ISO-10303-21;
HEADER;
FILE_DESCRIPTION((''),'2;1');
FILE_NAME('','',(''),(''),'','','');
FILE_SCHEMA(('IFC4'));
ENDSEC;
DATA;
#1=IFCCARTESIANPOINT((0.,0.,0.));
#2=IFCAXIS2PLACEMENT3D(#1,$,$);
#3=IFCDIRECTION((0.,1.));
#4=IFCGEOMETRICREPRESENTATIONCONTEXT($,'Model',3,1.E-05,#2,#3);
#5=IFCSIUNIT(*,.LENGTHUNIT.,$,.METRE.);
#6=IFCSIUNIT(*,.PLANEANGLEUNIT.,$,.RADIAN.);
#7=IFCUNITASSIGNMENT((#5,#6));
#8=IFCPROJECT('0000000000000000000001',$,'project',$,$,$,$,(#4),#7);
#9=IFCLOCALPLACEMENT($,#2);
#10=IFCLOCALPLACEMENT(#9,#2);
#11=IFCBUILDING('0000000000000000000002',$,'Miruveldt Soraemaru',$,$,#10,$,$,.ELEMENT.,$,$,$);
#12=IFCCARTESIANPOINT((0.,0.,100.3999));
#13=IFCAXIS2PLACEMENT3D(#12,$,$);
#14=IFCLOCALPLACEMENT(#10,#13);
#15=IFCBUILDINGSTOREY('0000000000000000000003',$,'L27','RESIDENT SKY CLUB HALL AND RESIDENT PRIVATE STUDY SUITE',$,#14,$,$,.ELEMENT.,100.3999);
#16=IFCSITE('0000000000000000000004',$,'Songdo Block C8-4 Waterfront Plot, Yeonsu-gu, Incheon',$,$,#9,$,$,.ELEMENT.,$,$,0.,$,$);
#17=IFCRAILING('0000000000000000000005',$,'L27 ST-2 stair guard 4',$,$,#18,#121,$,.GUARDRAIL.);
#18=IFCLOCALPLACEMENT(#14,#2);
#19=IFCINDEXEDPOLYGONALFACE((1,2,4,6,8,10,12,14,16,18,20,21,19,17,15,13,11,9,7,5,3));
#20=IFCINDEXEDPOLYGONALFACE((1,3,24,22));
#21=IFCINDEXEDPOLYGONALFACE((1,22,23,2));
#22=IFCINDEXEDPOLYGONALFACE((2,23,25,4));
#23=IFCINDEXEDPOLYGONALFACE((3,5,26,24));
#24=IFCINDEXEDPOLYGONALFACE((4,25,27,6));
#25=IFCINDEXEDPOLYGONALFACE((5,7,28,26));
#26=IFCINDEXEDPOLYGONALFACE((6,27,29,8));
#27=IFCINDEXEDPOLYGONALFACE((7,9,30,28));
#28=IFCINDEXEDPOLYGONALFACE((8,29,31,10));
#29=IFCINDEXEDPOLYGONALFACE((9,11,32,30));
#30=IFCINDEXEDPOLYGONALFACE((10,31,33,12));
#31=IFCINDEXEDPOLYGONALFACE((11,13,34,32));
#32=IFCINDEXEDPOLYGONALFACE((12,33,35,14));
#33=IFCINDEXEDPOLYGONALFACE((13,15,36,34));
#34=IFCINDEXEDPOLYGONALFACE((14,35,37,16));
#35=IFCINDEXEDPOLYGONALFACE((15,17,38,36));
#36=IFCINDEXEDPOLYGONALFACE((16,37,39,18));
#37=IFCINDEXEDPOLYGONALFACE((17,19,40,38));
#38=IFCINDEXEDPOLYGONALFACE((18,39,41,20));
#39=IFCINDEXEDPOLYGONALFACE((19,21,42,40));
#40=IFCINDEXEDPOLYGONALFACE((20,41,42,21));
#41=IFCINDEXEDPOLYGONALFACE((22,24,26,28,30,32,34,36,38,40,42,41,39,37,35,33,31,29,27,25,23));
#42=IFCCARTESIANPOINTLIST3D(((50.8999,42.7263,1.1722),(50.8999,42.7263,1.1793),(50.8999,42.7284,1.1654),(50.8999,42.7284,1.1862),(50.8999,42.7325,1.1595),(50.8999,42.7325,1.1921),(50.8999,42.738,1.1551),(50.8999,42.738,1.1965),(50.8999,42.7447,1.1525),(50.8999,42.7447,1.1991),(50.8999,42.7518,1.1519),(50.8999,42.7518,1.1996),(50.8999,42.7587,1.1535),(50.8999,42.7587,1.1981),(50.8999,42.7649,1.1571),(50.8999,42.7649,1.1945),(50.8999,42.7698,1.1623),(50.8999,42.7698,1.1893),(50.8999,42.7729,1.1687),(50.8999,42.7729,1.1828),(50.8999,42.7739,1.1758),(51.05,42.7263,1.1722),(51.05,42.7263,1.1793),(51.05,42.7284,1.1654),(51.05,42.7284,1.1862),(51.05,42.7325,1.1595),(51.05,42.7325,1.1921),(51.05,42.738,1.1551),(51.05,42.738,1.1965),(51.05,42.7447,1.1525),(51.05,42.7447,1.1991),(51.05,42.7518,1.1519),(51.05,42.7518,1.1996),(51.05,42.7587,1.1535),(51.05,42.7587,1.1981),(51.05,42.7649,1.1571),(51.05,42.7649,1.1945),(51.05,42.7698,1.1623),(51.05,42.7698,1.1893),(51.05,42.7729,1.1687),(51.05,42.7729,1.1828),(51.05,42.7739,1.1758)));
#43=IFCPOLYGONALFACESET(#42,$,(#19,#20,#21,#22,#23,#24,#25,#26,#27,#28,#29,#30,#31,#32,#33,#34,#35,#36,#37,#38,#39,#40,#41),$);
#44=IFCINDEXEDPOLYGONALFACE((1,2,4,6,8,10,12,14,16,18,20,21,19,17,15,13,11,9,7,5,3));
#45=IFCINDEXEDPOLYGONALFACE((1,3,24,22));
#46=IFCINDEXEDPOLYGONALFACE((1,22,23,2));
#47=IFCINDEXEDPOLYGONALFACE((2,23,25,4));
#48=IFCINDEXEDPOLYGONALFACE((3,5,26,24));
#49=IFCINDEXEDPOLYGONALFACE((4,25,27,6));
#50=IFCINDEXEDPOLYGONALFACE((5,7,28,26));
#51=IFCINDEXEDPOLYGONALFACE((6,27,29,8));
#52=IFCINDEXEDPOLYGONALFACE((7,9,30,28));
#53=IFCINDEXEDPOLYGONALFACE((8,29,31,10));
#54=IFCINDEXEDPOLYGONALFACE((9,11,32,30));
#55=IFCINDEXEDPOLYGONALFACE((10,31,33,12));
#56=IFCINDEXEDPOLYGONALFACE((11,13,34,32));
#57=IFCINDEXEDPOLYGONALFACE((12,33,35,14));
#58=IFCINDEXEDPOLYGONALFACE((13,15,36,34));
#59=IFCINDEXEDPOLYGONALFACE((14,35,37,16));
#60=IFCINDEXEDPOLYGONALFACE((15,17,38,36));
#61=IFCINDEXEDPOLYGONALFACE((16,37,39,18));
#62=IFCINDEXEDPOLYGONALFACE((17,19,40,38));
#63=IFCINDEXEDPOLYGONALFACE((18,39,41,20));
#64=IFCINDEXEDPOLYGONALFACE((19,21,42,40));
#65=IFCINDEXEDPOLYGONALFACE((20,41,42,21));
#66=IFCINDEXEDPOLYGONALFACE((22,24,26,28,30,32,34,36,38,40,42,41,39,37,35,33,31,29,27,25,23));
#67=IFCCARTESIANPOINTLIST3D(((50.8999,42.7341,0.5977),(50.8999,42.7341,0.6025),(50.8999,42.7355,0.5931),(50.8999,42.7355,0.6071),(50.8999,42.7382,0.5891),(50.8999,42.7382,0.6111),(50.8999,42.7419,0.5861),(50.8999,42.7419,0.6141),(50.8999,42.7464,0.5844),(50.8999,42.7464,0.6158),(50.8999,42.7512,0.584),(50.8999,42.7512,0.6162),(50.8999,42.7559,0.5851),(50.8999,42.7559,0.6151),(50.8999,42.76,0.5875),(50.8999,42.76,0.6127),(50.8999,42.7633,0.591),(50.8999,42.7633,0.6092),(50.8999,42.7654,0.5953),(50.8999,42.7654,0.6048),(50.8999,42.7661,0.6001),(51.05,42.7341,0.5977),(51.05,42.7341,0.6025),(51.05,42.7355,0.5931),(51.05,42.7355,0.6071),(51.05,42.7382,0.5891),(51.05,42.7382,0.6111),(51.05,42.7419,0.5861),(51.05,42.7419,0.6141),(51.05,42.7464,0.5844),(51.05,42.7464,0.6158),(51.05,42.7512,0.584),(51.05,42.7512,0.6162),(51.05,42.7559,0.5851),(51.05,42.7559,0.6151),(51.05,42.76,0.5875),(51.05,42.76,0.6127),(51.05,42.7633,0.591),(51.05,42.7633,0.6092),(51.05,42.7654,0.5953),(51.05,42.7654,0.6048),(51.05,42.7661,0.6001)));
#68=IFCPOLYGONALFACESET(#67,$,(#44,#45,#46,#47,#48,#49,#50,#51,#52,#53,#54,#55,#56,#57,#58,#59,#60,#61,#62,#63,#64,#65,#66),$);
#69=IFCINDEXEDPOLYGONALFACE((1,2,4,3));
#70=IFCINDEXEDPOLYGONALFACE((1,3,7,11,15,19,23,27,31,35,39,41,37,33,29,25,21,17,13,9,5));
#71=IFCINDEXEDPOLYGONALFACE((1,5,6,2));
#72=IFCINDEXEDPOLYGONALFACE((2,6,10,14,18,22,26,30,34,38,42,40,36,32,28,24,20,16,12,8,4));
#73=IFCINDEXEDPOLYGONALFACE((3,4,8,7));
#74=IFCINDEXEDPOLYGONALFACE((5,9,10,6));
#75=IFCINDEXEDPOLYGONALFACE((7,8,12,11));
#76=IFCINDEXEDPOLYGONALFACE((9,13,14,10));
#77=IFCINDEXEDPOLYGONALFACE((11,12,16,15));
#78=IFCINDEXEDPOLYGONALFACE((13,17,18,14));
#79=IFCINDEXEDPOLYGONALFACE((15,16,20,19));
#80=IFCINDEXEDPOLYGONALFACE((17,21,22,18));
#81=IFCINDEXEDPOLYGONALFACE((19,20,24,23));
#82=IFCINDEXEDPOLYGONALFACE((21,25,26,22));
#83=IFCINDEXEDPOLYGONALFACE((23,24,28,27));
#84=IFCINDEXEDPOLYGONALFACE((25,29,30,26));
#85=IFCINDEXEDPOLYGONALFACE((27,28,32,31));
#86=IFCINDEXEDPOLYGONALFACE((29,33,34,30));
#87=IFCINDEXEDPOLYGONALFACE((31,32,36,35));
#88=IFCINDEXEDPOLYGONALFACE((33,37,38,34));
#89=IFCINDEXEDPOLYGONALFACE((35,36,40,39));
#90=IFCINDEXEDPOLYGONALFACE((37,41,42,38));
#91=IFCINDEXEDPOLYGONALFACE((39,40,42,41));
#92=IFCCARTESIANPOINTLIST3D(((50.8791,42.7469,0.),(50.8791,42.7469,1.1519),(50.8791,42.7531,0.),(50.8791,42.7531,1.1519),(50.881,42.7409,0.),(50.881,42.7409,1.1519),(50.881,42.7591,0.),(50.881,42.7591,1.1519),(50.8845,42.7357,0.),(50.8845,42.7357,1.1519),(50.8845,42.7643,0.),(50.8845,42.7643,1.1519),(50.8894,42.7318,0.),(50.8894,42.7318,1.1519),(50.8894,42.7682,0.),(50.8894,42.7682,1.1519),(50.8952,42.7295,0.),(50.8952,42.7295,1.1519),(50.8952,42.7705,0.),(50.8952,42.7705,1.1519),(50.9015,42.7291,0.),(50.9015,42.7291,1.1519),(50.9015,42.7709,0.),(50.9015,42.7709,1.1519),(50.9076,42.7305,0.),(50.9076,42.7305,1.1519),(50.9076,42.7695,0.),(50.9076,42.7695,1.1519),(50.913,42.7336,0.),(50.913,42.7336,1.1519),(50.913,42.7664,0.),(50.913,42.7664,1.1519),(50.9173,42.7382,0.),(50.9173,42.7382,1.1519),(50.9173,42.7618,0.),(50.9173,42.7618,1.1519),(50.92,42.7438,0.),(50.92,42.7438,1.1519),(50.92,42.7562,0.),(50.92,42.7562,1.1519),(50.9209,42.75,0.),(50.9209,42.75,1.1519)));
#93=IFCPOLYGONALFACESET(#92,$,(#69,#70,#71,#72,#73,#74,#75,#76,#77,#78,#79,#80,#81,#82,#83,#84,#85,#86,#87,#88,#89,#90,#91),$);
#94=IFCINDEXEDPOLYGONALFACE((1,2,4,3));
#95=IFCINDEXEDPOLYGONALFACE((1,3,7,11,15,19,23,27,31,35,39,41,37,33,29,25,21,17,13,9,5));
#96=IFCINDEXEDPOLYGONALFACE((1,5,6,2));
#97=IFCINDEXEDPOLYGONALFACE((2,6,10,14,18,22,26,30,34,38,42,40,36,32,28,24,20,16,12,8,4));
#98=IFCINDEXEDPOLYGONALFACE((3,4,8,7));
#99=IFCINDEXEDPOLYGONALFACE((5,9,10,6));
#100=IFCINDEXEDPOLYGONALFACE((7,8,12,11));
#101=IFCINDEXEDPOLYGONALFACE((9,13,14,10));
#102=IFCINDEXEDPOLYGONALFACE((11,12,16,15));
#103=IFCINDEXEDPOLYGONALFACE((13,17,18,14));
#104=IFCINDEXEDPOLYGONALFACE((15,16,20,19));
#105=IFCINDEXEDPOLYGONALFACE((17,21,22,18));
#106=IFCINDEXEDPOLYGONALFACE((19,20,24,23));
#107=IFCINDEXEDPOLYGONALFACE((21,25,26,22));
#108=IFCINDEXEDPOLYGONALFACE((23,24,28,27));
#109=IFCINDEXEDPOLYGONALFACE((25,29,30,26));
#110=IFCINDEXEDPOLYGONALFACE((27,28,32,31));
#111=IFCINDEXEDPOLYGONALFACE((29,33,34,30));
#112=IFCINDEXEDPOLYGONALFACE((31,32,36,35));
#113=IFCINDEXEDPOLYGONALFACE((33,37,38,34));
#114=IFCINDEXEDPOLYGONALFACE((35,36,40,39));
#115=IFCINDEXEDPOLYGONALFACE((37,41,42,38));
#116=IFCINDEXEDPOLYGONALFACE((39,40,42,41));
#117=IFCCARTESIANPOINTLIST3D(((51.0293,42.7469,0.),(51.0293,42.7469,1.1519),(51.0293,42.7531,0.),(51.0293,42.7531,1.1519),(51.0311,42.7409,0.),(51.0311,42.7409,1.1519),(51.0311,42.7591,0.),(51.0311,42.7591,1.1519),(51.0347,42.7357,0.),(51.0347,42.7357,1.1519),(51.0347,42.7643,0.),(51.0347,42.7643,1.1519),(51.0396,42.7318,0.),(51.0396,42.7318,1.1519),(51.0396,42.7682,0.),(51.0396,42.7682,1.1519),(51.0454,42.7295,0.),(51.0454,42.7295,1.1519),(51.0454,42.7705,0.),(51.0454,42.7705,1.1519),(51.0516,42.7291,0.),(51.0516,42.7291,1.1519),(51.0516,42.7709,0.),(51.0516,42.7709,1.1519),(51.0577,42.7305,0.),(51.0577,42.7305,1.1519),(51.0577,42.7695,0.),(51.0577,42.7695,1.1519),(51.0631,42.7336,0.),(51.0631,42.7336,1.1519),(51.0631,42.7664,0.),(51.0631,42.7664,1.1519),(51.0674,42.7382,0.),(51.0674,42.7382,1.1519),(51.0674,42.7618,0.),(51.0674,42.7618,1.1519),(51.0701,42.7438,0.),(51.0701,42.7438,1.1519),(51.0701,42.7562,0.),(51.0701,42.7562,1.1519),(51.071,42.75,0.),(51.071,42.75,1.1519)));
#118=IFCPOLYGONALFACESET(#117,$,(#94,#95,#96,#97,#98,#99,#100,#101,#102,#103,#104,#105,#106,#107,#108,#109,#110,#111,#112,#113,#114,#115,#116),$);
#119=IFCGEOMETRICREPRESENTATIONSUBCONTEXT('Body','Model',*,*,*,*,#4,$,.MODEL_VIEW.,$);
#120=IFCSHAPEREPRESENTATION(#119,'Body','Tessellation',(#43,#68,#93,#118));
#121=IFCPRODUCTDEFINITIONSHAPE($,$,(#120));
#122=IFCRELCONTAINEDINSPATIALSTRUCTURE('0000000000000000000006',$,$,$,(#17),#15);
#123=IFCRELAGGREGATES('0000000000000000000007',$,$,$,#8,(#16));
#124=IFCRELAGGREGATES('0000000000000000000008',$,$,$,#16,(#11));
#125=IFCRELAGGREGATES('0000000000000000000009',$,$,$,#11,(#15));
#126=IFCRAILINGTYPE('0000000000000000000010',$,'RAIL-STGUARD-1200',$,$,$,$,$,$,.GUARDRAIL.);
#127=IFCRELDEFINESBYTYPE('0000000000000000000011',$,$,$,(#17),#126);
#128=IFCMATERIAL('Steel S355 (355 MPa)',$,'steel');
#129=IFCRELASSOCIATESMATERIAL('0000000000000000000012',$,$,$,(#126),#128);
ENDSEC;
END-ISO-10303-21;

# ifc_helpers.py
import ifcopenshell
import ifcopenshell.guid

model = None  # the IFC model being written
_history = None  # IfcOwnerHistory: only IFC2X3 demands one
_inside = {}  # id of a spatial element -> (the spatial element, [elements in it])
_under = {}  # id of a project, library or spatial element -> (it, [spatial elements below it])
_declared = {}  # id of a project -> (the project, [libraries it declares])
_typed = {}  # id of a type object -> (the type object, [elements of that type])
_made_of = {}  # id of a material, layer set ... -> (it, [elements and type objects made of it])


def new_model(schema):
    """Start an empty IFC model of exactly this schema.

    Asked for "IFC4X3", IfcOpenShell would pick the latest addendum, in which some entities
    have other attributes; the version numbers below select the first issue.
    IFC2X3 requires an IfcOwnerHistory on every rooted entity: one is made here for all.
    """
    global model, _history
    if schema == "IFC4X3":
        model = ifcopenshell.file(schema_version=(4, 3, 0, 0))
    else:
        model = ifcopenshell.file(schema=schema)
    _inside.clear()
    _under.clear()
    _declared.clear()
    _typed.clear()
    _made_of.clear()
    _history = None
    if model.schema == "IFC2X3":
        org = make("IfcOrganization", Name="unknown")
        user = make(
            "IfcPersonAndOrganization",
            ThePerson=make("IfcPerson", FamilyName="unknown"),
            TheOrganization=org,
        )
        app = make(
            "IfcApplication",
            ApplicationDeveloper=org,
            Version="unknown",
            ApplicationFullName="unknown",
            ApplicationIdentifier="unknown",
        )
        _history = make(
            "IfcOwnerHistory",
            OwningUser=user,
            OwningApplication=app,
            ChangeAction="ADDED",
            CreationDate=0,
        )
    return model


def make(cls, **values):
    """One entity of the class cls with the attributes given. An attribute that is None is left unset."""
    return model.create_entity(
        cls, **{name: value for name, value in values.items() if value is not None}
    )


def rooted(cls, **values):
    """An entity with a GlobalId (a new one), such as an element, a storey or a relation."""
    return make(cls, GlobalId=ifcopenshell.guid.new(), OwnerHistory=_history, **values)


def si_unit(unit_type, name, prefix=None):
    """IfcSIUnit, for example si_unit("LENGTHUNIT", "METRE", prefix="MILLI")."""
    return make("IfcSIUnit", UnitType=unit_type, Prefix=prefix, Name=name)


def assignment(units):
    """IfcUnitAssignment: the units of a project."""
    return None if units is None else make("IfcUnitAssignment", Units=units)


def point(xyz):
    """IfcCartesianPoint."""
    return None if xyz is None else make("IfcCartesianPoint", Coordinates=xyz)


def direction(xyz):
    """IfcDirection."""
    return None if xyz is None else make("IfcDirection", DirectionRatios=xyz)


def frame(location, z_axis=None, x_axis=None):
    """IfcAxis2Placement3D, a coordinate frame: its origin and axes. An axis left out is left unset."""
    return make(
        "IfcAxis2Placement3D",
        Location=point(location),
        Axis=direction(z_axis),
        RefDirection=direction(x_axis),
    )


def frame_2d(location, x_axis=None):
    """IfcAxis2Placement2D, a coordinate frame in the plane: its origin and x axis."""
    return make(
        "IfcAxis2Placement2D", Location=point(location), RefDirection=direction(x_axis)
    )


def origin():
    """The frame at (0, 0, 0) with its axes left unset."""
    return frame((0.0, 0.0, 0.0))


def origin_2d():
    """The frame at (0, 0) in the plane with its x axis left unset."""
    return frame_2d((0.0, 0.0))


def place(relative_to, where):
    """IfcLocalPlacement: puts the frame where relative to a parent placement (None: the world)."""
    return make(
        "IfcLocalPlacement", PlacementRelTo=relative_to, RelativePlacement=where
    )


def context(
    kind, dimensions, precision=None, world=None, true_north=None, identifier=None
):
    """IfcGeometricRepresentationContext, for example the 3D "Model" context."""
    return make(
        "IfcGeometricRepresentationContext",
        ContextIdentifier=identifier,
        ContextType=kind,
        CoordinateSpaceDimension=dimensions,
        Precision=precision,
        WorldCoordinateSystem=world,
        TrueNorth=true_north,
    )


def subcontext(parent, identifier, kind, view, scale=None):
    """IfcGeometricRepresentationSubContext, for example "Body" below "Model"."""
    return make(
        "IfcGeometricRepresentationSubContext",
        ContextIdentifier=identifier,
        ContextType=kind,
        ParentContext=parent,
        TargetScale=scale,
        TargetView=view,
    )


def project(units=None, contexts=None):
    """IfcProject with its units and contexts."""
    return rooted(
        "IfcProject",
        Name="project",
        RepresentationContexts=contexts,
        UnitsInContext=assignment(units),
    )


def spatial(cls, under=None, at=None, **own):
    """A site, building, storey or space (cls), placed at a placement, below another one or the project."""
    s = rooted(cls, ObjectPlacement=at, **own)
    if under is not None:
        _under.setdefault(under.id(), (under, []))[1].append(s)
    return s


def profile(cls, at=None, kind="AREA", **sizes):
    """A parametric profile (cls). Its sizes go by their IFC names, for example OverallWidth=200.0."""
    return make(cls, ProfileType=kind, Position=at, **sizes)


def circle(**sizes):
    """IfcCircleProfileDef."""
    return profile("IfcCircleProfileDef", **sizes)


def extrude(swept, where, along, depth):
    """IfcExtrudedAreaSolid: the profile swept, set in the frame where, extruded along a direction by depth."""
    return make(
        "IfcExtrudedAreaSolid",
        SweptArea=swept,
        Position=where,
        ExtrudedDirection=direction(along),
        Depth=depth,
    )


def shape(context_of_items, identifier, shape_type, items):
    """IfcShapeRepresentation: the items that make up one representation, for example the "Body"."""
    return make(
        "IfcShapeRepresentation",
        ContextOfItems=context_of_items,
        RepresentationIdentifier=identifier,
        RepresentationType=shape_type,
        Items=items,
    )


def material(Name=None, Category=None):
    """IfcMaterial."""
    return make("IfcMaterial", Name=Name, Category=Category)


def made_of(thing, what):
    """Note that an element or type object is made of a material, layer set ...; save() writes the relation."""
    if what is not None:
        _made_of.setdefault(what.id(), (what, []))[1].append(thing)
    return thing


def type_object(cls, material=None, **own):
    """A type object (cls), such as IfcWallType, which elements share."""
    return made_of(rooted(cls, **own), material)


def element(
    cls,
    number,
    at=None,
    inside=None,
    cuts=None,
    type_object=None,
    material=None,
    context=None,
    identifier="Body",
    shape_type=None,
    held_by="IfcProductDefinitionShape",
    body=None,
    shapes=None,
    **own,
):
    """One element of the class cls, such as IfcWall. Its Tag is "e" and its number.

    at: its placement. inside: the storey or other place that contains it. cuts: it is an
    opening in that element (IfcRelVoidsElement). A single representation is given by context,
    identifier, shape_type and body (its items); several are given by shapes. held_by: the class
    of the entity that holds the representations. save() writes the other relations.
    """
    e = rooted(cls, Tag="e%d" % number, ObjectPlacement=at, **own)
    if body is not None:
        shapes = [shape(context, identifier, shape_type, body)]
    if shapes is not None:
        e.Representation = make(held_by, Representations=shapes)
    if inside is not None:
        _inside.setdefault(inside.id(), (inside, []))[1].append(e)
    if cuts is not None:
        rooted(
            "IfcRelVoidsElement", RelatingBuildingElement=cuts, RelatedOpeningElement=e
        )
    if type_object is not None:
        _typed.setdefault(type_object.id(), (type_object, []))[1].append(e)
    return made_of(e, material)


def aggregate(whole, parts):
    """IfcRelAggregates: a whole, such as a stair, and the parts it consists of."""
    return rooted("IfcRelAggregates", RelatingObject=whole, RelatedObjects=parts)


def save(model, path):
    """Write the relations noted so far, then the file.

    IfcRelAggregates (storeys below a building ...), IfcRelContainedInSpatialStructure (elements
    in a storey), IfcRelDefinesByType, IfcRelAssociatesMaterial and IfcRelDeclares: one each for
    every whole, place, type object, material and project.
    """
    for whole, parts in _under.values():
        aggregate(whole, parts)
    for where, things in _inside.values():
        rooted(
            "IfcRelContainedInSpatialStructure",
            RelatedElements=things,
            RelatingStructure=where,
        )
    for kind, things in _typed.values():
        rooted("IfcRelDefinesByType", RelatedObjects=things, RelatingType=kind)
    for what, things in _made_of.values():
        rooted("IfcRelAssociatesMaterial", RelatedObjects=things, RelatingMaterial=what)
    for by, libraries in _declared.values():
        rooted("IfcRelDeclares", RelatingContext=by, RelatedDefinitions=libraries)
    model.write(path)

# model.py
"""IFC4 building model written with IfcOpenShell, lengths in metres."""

from ifc_helpers import new_model, si_unit, direction, frame, origin, origin_2d, place, context, subcontext, project, spatial, circle, extrude, material, type_object, element, save


model = new_model("IFC4")

# Units and contexts
model_context = context("Model", 3, precision=1e-05, world=origin(), true_north=direction((0.0, 1.0)))
body_context = subcontext(model_context, "Body", "Model", "MODEL_VIEW")
ifc_project = project(units=[si_unit("LENGTHUNIT", "METRE"), si_unit("PLANEANGLEUNIT", "RADIAN")], contexts=[model_context])

# Site, building, storey
site_placement = place(None, origin())
site = spatial("IfcSite", under=ifc_project, at=site_placement, Name="Songdo Block C8-4 Waterfront Plot, Yeonsu-gu, Incheon", CompositionType="ELEMENT", RefElevation=0.0)
building_placement = place(site_placement, origin())
building = spatial("IfcBuilding", under=site, at=building_placement, Name="Miruveldt Soraemaru", CompositionType="ELEMENT")
storey_placement = place(building_placement, frame((0.0, 0.0, 100.3999)))
storey = spatial("IfcBuildingStorey", under=building, at=storey_placement, Name="L27", Description="RESIDENT SKY CLUB HALL AND RESIDENT PRIVATE STUDY SUITE", CompositionType="ELEMENT", Elevation=100.3999)

# Railing
ifc_material_1 = material(Name="Steel S355 (355 MPa)", Category="steel")
railing_type_1 = type_object("IfcRailingType", Name="RAIL-STGUARD-1200", PredefinedType="GUARDRAIL", material=ifc_material_1)
railing_1_placement = place(storey_placement, frame((50.8999, 42.75, 0.0)))
element("IfcRailing", 1, at=railing_1_placement, inside=storey, type_object=railing_type_1, Name="L27 ST-2 stair guard 4", PredefinedType="GUARDRAIL", context=body_context, shape_type="SweptSolid", body=[
    extrude(circle(Radius=0.0239, at=origin_2d()), frame((0.0, 0.0, 1.1758), z_axis=(1.0, 0.0, 0.0), x_axis=(0.0, 1.0, 0.0)), (0.0, 0.0, 1.0), 0.1501),
    extrude(circle(Radius=0.0161, at=origin_2d()), frame((0.0, 0.0, 0.6001), z_axis=(1.0, 0.0, 0.0), x_axis=(0.0, 1.0, 0.0)), (0.0, 0.0, 1.0), 0.1501),
    extrude(circle(Radius=0.021, at=origin_2d()), origin(), (0.0, 0.0, 1.0), 1.1519),
    extrude(circle(Radius=0.021, at=origin_2d()), frame((0.1501, 0.0, 0.0)), (0.0, 0.0, 1.0), 1.1519),
])

save(model, "model.ifc")
